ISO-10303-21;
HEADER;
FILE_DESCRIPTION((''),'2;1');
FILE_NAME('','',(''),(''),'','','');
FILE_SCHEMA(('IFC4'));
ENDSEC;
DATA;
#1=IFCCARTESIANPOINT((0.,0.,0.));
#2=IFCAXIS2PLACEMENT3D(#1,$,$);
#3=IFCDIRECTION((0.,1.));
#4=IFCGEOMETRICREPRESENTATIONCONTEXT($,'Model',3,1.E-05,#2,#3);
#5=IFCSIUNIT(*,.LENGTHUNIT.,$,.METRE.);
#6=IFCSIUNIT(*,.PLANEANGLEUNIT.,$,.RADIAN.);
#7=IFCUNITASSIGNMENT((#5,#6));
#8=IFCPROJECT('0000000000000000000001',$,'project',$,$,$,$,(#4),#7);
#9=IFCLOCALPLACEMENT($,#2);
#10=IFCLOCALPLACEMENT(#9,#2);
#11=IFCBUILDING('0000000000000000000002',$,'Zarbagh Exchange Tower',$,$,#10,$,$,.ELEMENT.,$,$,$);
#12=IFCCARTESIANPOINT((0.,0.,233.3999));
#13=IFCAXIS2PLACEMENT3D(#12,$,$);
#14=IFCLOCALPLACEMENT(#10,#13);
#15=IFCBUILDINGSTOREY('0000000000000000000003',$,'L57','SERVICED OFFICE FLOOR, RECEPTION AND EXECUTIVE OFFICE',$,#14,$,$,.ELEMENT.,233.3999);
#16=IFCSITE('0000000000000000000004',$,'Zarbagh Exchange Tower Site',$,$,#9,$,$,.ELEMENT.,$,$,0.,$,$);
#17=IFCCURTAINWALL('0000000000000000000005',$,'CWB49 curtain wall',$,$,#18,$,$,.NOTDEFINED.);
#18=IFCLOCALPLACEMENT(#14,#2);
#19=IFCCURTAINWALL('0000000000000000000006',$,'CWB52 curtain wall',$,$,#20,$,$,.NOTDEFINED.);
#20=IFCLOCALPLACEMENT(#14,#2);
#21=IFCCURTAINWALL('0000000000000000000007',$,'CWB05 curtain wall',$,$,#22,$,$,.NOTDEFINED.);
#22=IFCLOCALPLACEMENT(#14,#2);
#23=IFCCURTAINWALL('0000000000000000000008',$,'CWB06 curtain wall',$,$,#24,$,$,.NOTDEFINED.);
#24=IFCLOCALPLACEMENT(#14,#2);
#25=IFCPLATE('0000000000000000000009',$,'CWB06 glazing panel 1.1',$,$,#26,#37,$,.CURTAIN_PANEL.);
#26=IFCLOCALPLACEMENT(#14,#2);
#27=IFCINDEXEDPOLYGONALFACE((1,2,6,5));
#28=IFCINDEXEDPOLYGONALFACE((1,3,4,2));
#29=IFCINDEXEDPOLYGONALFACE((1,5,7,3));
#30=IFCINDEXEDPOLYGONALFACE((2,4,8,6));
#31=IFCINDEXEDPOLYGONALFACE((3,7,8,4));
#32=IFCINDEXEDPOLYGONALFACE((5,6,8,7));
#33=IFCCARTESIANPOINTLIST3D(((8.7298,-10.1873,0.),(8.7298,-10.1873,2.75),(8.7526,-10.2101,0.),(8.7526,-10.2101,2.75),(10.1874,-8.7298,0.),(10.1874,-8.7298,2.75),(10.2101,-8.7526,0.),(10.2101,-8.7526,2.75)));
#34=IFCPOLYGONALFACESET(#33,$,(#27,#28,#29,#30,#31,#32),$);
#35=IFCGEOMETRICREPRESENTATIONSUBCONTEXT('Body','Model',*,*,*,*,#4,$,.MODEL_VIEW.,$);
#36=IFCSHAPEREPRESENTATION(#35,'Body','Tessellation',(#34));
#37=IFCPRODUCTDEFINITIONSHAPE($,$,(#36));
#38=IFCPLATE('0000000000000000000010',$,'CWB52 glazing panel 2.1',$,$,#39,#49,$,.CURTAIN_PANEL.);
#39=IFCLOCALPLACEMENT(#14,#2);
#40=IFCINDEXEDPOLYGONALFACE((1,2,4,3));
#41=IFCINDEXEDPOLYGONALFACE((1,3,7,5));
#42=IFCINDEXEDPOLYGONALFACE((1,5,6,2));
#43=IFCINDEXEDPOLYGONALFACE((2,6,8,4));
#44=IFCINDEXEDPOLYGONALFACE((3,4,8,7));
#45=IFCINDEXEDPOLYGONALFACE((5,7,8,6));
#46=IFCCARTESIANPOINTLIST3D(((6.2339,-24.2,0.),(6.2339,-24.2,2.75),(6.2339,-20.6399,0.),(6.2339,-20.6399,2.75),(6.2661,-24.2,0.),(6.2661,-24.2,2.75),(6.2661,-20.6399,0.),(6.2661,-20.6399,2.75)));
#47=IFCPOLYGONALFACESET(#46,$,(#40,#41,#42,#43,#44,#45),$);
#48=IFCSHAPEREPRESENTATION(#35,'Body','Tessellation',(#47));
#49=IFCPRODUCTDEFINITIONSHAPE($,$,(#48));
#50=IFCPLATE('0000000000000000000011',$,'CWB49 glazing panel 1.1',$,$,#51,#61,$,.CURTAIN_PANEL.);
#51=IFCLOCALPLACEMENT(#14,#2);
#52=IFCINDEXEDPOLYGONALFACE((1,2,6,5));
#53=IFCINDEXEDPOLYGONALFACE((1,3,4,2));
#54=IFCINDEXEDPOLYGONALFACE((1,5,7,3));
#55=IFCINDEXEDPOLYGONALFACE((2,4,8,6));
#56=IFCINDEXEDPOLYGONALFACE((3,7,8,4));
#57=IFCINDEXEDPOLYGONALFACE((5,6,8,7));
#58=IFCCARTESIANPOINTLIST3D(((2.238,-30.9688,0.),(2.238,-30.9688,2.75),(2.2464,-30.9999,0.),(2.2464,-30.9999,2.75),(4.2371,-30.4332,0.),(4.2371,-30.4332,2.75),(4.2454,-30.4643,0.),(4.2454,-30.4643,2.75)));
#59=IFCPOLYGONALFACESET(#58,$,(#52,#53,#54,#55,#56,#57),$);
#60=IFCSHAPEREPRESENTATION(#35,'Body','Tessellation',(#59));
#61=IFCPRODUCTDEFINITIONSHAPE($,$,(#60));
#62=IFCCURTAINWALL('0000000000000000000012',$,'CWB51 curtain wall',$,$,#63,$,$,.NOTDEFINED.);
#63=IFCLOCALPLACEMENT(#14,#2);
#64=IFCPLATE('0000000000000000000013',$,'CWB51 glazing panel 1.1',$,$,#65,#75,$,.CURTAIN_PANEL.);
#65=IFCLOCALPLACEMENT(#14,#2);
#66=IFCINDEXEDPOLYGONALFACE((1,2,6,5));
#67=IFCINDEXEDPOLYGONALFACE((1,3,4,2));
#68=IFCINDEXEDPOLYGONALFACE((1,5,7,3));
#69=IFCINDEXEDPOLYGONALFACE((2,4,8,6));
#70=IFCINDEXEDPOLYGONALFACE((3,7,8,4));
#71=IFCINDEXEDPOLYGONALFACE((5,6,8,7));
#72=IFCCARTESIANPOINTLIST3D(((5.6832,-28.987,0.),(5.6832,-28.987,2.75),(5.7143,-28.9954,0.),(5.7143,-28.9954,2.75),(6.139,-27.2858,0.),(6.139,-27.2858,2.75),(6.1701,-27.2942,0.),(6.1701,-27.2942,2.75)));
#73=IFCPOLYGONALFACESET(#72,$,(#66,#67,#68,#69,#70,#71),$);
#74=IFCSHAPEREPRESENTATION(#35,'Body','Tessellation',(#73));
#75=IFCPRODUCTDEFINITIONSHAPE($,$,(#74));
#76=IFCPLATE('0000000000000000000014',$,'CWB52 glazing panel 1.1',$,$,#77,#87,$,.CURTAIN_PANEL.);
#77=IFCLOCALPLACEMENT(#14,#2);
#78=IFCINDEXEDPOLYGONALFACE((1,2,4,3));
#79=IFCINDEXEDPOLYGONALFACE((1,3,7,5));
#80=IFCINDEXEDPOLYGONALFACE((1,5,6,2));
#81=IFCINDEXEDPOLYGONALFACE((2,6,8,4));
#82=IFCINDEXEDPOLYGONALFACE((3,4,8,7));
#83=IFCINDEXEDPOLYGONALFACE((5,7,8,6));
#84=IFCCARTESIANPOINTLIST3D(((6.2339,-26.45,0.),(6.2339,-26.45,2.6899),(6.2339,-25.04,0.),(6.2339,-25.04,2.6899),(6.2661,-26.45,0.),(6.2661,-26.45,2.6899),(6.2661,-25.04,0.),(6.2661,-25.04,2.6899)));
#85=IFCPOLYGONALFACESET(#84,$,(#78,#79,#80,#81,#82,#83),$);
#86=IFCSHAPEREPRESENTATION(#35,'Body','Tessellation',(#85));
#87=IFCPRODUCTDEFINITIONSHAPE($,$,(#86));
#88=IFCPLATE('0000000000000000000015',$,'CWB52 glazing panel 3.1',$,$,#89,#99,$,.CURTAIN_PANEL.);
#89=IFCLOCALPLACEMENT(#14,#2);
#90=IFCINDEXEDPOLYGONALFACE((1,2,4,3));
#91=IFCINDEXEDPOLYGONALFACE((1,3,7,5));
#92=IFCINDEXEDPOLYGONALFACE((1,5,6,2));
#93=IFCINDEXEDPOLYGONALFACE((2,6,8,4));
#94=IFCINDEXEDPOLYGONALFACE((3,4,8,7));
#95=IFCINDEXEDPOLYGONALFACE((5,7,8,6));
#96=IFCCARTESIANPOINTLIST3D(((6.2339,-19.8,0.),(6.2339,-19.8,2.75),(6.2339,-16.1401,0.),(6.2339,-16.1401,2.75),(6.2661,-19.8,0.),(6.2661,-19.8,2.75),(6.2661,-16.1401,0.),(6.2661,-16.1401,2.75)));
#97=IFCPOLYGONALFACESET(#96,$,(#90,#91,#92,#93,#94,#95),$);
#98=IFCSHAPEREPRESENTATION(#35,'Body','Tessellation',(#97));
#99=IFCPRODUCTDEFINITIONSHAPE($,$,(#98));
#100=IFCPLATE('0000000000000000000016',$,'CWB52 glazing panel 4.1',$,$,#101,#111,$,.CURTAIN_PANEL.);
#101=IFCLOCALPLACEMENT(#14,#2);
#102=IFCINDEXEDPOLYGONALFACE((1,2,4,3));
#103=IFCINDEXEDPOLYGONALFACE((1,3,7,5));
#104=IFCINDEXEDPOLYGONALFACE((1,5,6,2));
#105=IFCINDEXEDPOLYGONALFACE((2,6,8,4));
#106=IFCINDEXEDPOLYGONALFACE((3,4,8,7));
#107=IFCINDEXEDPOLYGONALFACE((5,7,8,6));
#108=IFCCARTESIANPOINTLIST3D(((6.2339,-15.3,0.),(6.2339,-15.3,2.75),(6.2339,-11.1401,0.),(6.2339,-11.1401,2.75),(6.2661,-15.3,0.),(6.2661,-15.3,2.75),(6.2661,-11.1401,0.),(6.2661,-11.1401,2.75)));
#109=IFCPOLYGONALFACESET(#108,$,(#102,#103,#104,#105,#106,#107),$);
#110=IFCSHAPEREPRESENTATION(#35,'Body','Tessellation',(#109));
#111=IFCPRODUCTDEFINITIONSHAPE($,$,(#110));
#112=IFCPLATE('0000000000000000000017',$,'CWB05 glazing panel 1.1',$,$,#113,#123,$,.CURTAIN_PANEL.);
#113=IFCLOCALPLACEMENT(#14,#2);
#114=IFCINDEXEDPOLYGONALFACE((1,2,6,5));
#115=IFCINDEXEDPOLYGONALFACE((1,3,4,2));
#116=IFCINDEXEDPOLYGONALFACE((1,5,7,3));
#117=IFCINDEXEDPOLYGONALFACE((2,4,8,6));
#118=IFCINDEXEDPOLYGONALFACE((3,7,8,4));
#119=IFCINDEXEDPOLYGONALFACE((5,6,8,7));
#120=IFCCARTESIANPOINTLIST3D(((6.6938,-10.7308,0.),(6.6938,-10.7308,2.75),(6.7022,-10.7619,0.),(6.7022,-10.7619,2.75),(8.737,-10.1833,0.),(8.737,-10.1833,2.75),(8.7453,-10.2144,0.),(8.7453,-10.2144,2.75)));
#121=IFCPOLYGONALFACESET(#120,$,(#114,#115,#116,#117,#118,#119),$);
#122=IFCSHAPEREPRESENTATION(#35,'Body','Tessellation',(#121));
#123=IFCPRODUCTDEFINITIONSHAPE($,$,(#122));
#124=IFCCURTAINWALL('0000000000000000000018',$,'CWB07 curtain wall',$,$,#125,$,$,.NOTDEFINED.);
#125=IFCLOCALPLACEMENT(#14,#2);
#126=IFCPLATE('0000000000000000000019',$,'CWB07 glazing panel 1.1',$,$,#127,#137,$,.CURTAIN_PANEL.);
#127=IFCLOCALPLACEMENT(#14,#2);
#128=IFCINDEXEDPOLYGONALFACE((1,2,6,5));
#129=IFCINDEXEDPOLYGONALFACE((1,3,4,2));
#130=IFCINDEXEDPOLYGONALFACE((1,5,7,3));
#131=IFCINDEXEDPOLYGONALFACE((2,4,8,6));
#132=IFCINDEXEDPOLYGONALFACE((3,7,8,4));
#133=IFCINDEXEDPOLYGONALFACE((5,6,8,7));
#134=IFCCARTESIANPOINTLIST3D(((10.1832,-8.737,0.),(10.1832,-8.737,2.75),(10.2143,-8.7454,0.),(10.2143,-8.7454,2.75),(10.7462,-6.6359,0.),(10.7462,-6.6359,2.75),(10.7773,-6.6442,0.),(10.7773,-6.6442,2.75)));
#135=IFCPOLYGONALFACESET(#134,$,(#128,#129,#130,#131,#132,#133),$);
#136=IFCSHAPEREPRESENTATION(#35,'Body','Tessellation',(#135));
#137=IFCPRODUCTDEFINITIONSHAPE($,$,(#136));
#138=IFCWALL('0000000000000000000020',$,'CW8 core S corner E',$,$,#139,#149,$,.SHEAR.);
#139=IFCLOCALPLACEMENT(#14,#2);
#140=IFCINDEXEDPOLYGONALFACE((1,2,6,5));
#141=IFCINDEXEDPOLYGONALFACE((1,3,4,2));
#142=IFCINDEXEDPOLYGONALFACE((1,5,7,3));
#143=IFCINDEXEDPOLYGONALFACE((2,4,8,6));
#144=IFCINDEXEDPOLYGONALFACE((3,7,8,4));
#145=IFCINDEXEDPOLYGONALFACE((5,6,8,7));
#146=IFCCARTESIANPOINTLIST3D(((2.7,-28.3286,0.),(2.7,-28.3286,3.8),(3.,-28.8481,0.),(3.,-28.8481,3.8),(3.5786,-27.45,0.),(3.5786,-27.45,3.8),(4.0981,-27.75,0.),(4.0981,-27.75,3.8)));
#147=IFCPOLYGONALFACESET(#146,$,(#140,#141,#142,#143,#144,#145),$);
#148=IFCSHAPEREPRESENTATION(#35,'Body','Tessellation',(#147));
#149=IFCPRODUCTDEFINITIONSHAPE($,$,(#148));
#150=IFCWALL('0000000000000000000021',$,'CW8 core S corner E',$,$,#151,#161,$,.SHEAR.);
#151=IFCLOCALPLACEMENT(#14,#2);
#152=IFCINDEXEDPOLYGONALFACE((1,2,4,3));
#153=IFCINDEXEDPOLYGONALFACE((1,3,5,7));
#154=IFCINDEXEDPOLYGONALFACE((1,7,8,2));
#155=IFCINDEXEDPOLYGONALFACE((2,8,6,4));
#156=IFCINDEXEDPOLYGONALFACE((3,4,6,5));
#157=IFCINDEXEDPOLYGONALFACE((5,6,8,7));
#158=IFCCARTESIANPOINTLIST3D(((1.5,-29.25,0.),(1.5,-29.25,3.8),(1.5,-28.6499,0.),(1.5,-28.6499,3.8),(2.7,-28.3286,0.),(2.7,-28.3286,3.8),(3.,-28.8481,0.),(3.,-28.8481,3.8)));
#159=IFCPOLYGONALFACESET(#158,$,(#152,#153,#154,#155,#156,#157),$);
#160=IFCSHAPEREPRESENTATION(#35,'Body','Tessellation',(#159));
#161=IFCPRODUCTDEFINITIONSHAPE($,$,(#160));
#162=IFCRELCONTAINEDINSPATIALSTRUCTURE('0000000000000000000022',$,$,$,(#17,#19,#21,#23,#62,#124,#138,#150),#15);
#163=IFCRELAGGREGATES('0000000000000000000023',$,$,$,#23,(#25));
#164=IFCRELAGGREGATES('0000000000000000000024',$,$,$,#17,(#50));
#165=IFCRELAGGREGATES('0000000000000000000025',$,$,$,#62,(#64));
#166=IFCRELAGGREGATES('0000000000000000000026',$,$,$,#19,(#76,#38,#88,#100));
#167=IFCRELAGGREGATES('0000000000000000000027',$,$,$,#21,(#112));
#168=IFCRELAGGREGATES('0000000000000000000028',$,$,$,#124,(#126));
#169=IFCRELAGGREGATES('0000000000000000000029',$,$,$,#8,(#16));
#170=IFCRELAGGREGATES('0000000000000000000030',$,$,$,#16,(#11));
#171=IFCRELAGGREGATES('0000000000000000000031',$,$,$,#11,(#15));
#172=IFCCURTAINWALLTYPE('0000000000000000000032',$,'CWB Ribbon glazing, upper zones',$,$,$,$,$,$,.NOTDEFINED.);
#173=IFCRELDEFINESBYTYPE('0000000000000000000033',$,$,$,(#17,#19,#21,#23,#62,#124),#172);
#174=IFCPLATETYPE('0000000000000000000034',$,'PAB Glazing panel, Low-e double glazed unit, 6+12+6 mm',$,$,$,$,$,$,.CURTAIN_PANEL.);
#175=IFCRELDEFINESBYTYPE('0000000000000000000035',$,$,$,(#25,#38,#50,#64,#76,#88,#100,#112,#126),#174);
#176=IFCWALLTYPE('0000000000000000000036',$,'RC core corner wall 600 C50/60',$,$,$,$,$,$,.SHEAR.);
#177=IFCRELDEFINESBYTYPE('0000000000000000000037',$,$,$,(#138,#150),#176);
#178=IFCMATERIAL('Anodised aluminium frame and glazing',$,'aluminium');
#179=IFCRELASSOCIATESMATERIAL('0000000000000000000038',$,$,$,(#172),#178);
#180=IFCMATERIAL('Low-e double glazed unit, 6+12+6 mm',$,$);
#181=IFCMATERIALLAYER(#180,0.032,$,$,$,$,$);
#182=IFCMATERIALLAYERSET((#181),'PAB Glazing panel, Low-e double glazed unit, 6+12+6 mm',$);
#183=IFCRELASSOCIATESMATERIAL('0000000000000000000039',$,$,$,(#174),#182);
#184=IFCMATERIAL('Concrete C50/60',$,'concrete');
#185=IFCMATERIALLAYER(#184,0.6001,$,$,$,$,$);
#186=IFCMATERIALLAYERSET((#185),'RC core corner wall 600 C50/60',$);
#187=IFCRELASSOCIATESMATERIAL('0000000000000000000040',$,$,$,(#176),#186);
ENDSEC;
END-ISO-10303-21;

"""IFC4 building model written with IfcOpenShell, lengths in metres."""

from ifc_helpers import new_model, si_unit, direction, frame, origin, place, context, subcontext, project, spatial, polyline, outline, extrude, source, transform, mapped, material, layer, layer_set, type_object, element, aggregate, save


model = new_model("IFC4")

# Units and contexts
model_context = context("Model", 3, precision=1e-05, world=origin(), true_north=direction((0.0, 1.0)))
body_context = subcontext(model_context, "Body", "Model", "MODEL_VIEW")
ifc_project = project(units=[si_unit("LENGTHUNIT", "METRE"), si_unit("PLANEANGLEUNIT", "RADIAN")], contexts=[model_context])

# Site, building, storey
site_placement = place(None, origin())
site = spatial("IfcSite", under=ifc_project, at=site_placement, Name="Zarbagh Exchange Tower Site", CompositionType="ELEMENT", RefElevation=0.0)
building_placement = place(site_placement, origin())
building = spatial("IfcBuilding", under=site, at=building_placement, Name="Zarbagh Exchange Tower", CompositionType="ELEMENT")
storey_placement = place(building_placement, frame((0.0, 0.0, 233.3999)))
storey = spatial("IfcBuildingStorey", under=building, at=storey_placement, Name="L57", Description="SERVICED OFFICE FLOOR, RECEPTION AND EXECUTIVE OFFICE", CompositionType="ELEMENT", Elevation=233.3999)

# Curtain wall
ifc_material_1 = material(Name="Anodised aluminium frame and glazing", Category="aluminium")
curtain_wall_type = type_object("IfcCurtainWallType", Name="CWB Ribbon glazing, upper zones", PredefinedType="NOTDEFINED", material=ifc_material_1)
curtain_wall_1_placement = place(storey_placement, origin())
curtain_wall_1 = element("IfcCurtainWall", 1, at=curtain_wall_1_placement, inside=storey, type_object=curtain_wall_type, Name="CWB49 curtain wall", PredefinedType="NOTDEFINED")
placement = place(storey_placement, origin())

# Curtain wall
curtain_wall_2_placement = place(storey_placement, origin())
curtain_wall_2 = element("IfcCurtainWall", 2, at=curtain_wall_2_placement, inside=storey, type_object=curtain_wall_type, Name="CWB52 curtain wall", PredefinedType="NOTDEFINED")

# Curtain wall
curtain_wall_3_placement = place(storey_placement, origin())
curtain_wall_3 = element("IfcCurtainWall", 3, at=curtain_wall_3_placement, inside=storey, type_object=curtain_wall_type, Name="CWB05 curtain wall", PredefinedType="NOTDEFINED")

# Curtain wall, plate
ifc_material_2 = material(Name="Low-e double glazed unit, 6+12+6 mm")
ifc_layer_1 = layer(ifc_material_2, 0.032)
ifc_layer_set_1 = layer_set([ifc_layer_1], Name="PAB Glazing panel, Low-e double glazed unit, 6+12+6 mm")
plate_type = type_object("IfcPlateType", Name="PAB Glazing panel, Low-e double glazed unit, 6+12+6 mm", PredefinedType="CURTAIN_PANEL", material=ifc_layer_set_1)
shared_shape_1 = source(origin(), body_context, "Body", "SweptSolid", [
    extrude(outline(polyline([(0.0, -0.0161), (2.0613, -0.0161), (2.0613, 0.0161), (0.0, 0.0161), (0.0, -0.0161)])), origin(), (0.0, 0.0, 1.0), 2.75),
])
curtain_wall_4_placement = place(storey_placement, origin())
curtain_wall_4 = element("IfcCurtainWall", 4, at=curtain_wall_4_placement, inside=storey, type_object=curtain_wall_type, Name="CWB06 curtain wall", PredefinedType="NOTDEFINED")
plate_1 = element("IfcPlate", 5, at=placement, type_object=plate_type, Name="CWB06 glazing panel 1.1", PredefinedType="CURTAIN_PANEL", context=body_context, shape_type="MappedRepresentation", body=[
    mapped(shared_shape_1, transform((8.7412, -10.1987, 0.0), x_axis=(0.707107, 0.707107, 0.0), y_axis=(-0.707107, 0.707107, 0.0), z_axis=(0.0, 0.0, 1.0))),
])
aggregate(curtain_wall_4, [plate_1])

# Plates
shared_shape_2 = source(origin(), body_context, "Body", "SweptSolid", [
    extrude(outline(polyline([(0.0, -0.0161), (3.5601, -0.0161), (3.5601, 0.0161), (0.0, 0.0161), (0.0, -0.0161)])), origin(), (0.0, 0.0, 1.0), 2.75),
])
plate_2 = element("IfcPlate", 6, at=placement, type_object=plate_type, Name="CWB52 glazing panel 2.1", PredefinedType="CURTAIN_PANEL", context=body_context, shape_type="MappedRepresentation", body=[
    mapped(shared_shape_2, transform((6.25, -24.2, 0.0), x_axis=(0.0, 1.0, 0.0), y_axis=(-1.0, 0.0, 0.0), z_axis=(0.0, 0.0, 1.0))),
])
shared_shape_3 = source(origin(), body_context, "Body", "SweptSolid", [
    extrude(outline(polyline([(0.0, -0.0161), (2.0696, -0.0161), (2.0696, 0.0161), (0.0, 0.0161), (0.0, -0.0161)])), origin(), (0.0, 0.0, 1.0), 2.75),
])
plate_3 = element("IfcPlate", 7, at=placement, type_object=plate_type, Name="CWB49 glazing panel 1.1", PredefinedType="CURTAIN_PANEL", context=body_context, shape_type="MappedRepresentation", body=[
    mapped(shared_shape_3, transform((2.2422, -30.9844, 0.0), x_axis=(0.965924, 0.258825, 0.0), y_axis=(-0.258825, 0.965924, 0.0), z_axis=(0.0, 0.0, 1.0))),
])
aggregate(curtain_wall_1, [plate_3])

# Curtain wall, plate
curtain_wall_5_placement = place(storey_placement, origin())
curtain_wall_5 = element("IfcCurtainWall", 8, at=curtain_wall_5_placement, inside=storey, type_object=curtain_wall_type, Name="CWB51 curtain wall", PredefinedType="NOTDEFINED")
shared_shape_4 = source(origin(), body_context, "Body", "SweptSolid", [
    extrude(outline(polyline([(0.0, -0.0161), (1.7612, -0.0161), (1.7612, 0.0161), (0.0, 0.0161), (0.0, -0.0161)])), origin(), (0.0, 0.0, 1.0), 2.75),
])
plate_4 = element("IfcPlate", 9, at=placement, type_object=plate_type, Name="CWB51 glazing panel 1.1", PredefinedType="CURTAIN_PANEL", context=body_context, shape_type="MappedRepresentation", body=[
    mapped(shared_shape_4, transform((5.6987, -28.9912, 0.0), x_axis=(0.258825, 0.965924, 0.0), y_axis=(-0.965924, 0.258825, 0.0), z_axis=(0.0, 0.0, 1.0))),
])
aggregate(curtain_wall_5, [plate_4])

# Plates
shared_shape_5 = source(origin(), body_context, "Body", "SweptSolid", [
    extrude(outline(polyline([(0.0, -0.0161), (1.4099, -0.0161), (1.4099, 0.0161), (0.0, 0.0161), (0.0, -0.0161)])), origin(), (0.0, 0.0, 1.0), 2.6899),
])
plate_5 = element("IfcPlate", 10, at=placement, type_object=plate_type, Name="CWB52 glazing panel 1.1", PredefinedType="CURTAIN_PANEL", context=body_context, shape_type="MappedRepresentation", body=[
    mapped(shared_shape_5, transform((6.25, -26.45, 0.0), x_axis=(0.0, 1.0, 0.0), y_axis=(-1.0, 0.0, 0.0), z_axis=(0.0, 0.0, 1.0))),
])
shared_shape_6 = source(origin(), body_context, "Body", "SweptSolid", [
    extrude(outline(polyline([(0.0, -0.0161), (3.6599, -0.0161), (3.6599, 0.0161), (0.0, 0.0161), (0.0, -0.0161)])), origin(), (0.0, 0.0, 1.0), 2.75),
])
plate_6 = element("IfcPlate", 11, at=placement, type_object=plate_type, Name="CWB52 glazing panel 3.1", PredefinedType="CURTAIN_PANEL", context=body_context, shape_type="MappedRepresentation", body=[
    mapped(shared_shape_6, transform((6.25, -19.8, 0.0), x_axis=(0.0, 1.0, 0.0), y_axis=(-1.0, 0.0, 0.0), z_axis=(0.0, 0.0, 1.0))),
])
shared_shape_7 = source(origin(), body_context, "Body", "SweptSolid", [
    extrude(outline(polyline([(0.0, -0.0161), (4.1599, -0.0161), (4.1599, 0.0161), (0.0, 0.0161), (0.0, -0.0161)])), origin(), (0.0, 0.0, 1.0), 2.75),
])
plate_7 = element("IfcPlate", 12, at=placement, type_object=plate_type, Name="CWB52 glazing panel 4.1", PredefinedType="CURTAIN_PANEL", context=body_context, shape_type="MappedRepresentation", body=[
    mapped(shared_shape_7, transform((6.25, -15.3, 0.0), x_axis=(0.0, 1.0, 0.0), y_axis=(-1.0, 0.0, 0.0), z_axis=(0.0, 0.0, 1.0))),
])
aggregate(curtain_wall_2, [plate_5, plate_2, plate_6, plate_7])
shared_shape_8 = source(origin(), body_context, "Body", "SweptSolid", [
    extrude(outline(polyline([(0.0, -0.0161), (2.1152, -0.0161), (2.1152, 0.0161), (0.0, 0.0161), (0.0, -0.0161)])), origin(), (0.0, 0.0, 1.0), 2.75),
])
plate_8 = element("IfcPlate", 13, at=placement, type_object=plate_type, Name="CWB05 glazing panel 1.1", PredefinedType="CURTAIN_PANEL", context=body_context, shape_type="MappedRepresentation", body=[
    mapped(shared_shape_8, transform((6.698, -10.7463, 0.0), x_axis=(0.965924, 0.258825, 0.0), y_axis=(-0.258825, 0.965924, 0.0), z_axis=(0.0, 0.0, 1.0))),
])
aggregate(curtain_wall_3, [plate_8])

# Curtain wall, plate
curtain_wall_6_placement = place(storey_placement, origin())
curtain_wall_6 = element("IfcCurtainWall", 14, at=curtain_wall_6_placement, inside=storey, type_object=curtain_wall_type, Name="CWB07 curtain wall", PredefinedType="NOTDEFINED")
shared_shape_9 = source(origin(), body_context, "Body", "SweptSolid", [
    extrude(outline(polyline([(0.0, -0.0161), (2.1753, -0.0161), (2.1753, 0.0161), (0.0, 0.0161), (0.0, -0.0161)])), origin(), (0.0, 0.0, 1.0), 2.75),
])
plate_9 = element("IfcPlate", 15, at=placement, type_object=plate_type, Name="CWB07 glazing panel 1.1", PredefinedType="CURTAIN_PANEL", context=body_context, shape_type="MappedRepresentation", body=[
    mapped(shared_shape_9, transform((10.1987, -8.7412, 0.0), x_axis=(0.258825, 0.965924, 0.0), y_axis=(-0.965924, 0.258825, 0.0), z_axis=(0.0, 0.0, 1.0))),
])
aggregate(curtain_wall_6, [plate_9])

# Walls
ifc_material_3 = material(Name="Concrete C50/60", Category="concrete")
ifc_layer_2 = layer(ifc_material_3, 0.6001)
ifc_layer_set_2 = layer_set([ifc_layer_2], Name="RC core corner wall 600 C50/60")
wall_type = type_object("IfcWallType", Name="RC core corner wall 600 C50/60", PredefinedType="SHEAR", material=ifc_layer_set_2)
wall_1_placement = place(storey_placement, origin())
element("IfcWall", 16, at=wall_1_placement, inside=storey, type_object=wall_type, Name="CW8 core S corner E", PredefinedType="SHEAR", context=body_context, shape_type="SweptSolid", body=[
    extrude(outline(polyline([(4.0981, -27.75), (3.0, -28.8481), (2.7, -28.3286), (3.5786, -27.45), (4.0981, -27.75)])), origin(), (0.0, 0.0, 1.0), 3.8),
])
wall_2_placement = place(storey_placement, origin())
element("IfcWall", 17, at=wall_2_placement, inside=storey, type_object=wall_type, Name="CW8 core S corner E", PredefinedType="SHEAR", context=body_context, shape_type="SweptSolid", body=[
    extrude(outline(polyline([(3.0, -28.8481), (1.5, -29.25), (1.5, -28.6499), (2.7, -28.3286), (3.0, -28.8481)])), origin(), (0.0, 0.0, 1.0), 3.8),
])

save(model, "model.ifc")
